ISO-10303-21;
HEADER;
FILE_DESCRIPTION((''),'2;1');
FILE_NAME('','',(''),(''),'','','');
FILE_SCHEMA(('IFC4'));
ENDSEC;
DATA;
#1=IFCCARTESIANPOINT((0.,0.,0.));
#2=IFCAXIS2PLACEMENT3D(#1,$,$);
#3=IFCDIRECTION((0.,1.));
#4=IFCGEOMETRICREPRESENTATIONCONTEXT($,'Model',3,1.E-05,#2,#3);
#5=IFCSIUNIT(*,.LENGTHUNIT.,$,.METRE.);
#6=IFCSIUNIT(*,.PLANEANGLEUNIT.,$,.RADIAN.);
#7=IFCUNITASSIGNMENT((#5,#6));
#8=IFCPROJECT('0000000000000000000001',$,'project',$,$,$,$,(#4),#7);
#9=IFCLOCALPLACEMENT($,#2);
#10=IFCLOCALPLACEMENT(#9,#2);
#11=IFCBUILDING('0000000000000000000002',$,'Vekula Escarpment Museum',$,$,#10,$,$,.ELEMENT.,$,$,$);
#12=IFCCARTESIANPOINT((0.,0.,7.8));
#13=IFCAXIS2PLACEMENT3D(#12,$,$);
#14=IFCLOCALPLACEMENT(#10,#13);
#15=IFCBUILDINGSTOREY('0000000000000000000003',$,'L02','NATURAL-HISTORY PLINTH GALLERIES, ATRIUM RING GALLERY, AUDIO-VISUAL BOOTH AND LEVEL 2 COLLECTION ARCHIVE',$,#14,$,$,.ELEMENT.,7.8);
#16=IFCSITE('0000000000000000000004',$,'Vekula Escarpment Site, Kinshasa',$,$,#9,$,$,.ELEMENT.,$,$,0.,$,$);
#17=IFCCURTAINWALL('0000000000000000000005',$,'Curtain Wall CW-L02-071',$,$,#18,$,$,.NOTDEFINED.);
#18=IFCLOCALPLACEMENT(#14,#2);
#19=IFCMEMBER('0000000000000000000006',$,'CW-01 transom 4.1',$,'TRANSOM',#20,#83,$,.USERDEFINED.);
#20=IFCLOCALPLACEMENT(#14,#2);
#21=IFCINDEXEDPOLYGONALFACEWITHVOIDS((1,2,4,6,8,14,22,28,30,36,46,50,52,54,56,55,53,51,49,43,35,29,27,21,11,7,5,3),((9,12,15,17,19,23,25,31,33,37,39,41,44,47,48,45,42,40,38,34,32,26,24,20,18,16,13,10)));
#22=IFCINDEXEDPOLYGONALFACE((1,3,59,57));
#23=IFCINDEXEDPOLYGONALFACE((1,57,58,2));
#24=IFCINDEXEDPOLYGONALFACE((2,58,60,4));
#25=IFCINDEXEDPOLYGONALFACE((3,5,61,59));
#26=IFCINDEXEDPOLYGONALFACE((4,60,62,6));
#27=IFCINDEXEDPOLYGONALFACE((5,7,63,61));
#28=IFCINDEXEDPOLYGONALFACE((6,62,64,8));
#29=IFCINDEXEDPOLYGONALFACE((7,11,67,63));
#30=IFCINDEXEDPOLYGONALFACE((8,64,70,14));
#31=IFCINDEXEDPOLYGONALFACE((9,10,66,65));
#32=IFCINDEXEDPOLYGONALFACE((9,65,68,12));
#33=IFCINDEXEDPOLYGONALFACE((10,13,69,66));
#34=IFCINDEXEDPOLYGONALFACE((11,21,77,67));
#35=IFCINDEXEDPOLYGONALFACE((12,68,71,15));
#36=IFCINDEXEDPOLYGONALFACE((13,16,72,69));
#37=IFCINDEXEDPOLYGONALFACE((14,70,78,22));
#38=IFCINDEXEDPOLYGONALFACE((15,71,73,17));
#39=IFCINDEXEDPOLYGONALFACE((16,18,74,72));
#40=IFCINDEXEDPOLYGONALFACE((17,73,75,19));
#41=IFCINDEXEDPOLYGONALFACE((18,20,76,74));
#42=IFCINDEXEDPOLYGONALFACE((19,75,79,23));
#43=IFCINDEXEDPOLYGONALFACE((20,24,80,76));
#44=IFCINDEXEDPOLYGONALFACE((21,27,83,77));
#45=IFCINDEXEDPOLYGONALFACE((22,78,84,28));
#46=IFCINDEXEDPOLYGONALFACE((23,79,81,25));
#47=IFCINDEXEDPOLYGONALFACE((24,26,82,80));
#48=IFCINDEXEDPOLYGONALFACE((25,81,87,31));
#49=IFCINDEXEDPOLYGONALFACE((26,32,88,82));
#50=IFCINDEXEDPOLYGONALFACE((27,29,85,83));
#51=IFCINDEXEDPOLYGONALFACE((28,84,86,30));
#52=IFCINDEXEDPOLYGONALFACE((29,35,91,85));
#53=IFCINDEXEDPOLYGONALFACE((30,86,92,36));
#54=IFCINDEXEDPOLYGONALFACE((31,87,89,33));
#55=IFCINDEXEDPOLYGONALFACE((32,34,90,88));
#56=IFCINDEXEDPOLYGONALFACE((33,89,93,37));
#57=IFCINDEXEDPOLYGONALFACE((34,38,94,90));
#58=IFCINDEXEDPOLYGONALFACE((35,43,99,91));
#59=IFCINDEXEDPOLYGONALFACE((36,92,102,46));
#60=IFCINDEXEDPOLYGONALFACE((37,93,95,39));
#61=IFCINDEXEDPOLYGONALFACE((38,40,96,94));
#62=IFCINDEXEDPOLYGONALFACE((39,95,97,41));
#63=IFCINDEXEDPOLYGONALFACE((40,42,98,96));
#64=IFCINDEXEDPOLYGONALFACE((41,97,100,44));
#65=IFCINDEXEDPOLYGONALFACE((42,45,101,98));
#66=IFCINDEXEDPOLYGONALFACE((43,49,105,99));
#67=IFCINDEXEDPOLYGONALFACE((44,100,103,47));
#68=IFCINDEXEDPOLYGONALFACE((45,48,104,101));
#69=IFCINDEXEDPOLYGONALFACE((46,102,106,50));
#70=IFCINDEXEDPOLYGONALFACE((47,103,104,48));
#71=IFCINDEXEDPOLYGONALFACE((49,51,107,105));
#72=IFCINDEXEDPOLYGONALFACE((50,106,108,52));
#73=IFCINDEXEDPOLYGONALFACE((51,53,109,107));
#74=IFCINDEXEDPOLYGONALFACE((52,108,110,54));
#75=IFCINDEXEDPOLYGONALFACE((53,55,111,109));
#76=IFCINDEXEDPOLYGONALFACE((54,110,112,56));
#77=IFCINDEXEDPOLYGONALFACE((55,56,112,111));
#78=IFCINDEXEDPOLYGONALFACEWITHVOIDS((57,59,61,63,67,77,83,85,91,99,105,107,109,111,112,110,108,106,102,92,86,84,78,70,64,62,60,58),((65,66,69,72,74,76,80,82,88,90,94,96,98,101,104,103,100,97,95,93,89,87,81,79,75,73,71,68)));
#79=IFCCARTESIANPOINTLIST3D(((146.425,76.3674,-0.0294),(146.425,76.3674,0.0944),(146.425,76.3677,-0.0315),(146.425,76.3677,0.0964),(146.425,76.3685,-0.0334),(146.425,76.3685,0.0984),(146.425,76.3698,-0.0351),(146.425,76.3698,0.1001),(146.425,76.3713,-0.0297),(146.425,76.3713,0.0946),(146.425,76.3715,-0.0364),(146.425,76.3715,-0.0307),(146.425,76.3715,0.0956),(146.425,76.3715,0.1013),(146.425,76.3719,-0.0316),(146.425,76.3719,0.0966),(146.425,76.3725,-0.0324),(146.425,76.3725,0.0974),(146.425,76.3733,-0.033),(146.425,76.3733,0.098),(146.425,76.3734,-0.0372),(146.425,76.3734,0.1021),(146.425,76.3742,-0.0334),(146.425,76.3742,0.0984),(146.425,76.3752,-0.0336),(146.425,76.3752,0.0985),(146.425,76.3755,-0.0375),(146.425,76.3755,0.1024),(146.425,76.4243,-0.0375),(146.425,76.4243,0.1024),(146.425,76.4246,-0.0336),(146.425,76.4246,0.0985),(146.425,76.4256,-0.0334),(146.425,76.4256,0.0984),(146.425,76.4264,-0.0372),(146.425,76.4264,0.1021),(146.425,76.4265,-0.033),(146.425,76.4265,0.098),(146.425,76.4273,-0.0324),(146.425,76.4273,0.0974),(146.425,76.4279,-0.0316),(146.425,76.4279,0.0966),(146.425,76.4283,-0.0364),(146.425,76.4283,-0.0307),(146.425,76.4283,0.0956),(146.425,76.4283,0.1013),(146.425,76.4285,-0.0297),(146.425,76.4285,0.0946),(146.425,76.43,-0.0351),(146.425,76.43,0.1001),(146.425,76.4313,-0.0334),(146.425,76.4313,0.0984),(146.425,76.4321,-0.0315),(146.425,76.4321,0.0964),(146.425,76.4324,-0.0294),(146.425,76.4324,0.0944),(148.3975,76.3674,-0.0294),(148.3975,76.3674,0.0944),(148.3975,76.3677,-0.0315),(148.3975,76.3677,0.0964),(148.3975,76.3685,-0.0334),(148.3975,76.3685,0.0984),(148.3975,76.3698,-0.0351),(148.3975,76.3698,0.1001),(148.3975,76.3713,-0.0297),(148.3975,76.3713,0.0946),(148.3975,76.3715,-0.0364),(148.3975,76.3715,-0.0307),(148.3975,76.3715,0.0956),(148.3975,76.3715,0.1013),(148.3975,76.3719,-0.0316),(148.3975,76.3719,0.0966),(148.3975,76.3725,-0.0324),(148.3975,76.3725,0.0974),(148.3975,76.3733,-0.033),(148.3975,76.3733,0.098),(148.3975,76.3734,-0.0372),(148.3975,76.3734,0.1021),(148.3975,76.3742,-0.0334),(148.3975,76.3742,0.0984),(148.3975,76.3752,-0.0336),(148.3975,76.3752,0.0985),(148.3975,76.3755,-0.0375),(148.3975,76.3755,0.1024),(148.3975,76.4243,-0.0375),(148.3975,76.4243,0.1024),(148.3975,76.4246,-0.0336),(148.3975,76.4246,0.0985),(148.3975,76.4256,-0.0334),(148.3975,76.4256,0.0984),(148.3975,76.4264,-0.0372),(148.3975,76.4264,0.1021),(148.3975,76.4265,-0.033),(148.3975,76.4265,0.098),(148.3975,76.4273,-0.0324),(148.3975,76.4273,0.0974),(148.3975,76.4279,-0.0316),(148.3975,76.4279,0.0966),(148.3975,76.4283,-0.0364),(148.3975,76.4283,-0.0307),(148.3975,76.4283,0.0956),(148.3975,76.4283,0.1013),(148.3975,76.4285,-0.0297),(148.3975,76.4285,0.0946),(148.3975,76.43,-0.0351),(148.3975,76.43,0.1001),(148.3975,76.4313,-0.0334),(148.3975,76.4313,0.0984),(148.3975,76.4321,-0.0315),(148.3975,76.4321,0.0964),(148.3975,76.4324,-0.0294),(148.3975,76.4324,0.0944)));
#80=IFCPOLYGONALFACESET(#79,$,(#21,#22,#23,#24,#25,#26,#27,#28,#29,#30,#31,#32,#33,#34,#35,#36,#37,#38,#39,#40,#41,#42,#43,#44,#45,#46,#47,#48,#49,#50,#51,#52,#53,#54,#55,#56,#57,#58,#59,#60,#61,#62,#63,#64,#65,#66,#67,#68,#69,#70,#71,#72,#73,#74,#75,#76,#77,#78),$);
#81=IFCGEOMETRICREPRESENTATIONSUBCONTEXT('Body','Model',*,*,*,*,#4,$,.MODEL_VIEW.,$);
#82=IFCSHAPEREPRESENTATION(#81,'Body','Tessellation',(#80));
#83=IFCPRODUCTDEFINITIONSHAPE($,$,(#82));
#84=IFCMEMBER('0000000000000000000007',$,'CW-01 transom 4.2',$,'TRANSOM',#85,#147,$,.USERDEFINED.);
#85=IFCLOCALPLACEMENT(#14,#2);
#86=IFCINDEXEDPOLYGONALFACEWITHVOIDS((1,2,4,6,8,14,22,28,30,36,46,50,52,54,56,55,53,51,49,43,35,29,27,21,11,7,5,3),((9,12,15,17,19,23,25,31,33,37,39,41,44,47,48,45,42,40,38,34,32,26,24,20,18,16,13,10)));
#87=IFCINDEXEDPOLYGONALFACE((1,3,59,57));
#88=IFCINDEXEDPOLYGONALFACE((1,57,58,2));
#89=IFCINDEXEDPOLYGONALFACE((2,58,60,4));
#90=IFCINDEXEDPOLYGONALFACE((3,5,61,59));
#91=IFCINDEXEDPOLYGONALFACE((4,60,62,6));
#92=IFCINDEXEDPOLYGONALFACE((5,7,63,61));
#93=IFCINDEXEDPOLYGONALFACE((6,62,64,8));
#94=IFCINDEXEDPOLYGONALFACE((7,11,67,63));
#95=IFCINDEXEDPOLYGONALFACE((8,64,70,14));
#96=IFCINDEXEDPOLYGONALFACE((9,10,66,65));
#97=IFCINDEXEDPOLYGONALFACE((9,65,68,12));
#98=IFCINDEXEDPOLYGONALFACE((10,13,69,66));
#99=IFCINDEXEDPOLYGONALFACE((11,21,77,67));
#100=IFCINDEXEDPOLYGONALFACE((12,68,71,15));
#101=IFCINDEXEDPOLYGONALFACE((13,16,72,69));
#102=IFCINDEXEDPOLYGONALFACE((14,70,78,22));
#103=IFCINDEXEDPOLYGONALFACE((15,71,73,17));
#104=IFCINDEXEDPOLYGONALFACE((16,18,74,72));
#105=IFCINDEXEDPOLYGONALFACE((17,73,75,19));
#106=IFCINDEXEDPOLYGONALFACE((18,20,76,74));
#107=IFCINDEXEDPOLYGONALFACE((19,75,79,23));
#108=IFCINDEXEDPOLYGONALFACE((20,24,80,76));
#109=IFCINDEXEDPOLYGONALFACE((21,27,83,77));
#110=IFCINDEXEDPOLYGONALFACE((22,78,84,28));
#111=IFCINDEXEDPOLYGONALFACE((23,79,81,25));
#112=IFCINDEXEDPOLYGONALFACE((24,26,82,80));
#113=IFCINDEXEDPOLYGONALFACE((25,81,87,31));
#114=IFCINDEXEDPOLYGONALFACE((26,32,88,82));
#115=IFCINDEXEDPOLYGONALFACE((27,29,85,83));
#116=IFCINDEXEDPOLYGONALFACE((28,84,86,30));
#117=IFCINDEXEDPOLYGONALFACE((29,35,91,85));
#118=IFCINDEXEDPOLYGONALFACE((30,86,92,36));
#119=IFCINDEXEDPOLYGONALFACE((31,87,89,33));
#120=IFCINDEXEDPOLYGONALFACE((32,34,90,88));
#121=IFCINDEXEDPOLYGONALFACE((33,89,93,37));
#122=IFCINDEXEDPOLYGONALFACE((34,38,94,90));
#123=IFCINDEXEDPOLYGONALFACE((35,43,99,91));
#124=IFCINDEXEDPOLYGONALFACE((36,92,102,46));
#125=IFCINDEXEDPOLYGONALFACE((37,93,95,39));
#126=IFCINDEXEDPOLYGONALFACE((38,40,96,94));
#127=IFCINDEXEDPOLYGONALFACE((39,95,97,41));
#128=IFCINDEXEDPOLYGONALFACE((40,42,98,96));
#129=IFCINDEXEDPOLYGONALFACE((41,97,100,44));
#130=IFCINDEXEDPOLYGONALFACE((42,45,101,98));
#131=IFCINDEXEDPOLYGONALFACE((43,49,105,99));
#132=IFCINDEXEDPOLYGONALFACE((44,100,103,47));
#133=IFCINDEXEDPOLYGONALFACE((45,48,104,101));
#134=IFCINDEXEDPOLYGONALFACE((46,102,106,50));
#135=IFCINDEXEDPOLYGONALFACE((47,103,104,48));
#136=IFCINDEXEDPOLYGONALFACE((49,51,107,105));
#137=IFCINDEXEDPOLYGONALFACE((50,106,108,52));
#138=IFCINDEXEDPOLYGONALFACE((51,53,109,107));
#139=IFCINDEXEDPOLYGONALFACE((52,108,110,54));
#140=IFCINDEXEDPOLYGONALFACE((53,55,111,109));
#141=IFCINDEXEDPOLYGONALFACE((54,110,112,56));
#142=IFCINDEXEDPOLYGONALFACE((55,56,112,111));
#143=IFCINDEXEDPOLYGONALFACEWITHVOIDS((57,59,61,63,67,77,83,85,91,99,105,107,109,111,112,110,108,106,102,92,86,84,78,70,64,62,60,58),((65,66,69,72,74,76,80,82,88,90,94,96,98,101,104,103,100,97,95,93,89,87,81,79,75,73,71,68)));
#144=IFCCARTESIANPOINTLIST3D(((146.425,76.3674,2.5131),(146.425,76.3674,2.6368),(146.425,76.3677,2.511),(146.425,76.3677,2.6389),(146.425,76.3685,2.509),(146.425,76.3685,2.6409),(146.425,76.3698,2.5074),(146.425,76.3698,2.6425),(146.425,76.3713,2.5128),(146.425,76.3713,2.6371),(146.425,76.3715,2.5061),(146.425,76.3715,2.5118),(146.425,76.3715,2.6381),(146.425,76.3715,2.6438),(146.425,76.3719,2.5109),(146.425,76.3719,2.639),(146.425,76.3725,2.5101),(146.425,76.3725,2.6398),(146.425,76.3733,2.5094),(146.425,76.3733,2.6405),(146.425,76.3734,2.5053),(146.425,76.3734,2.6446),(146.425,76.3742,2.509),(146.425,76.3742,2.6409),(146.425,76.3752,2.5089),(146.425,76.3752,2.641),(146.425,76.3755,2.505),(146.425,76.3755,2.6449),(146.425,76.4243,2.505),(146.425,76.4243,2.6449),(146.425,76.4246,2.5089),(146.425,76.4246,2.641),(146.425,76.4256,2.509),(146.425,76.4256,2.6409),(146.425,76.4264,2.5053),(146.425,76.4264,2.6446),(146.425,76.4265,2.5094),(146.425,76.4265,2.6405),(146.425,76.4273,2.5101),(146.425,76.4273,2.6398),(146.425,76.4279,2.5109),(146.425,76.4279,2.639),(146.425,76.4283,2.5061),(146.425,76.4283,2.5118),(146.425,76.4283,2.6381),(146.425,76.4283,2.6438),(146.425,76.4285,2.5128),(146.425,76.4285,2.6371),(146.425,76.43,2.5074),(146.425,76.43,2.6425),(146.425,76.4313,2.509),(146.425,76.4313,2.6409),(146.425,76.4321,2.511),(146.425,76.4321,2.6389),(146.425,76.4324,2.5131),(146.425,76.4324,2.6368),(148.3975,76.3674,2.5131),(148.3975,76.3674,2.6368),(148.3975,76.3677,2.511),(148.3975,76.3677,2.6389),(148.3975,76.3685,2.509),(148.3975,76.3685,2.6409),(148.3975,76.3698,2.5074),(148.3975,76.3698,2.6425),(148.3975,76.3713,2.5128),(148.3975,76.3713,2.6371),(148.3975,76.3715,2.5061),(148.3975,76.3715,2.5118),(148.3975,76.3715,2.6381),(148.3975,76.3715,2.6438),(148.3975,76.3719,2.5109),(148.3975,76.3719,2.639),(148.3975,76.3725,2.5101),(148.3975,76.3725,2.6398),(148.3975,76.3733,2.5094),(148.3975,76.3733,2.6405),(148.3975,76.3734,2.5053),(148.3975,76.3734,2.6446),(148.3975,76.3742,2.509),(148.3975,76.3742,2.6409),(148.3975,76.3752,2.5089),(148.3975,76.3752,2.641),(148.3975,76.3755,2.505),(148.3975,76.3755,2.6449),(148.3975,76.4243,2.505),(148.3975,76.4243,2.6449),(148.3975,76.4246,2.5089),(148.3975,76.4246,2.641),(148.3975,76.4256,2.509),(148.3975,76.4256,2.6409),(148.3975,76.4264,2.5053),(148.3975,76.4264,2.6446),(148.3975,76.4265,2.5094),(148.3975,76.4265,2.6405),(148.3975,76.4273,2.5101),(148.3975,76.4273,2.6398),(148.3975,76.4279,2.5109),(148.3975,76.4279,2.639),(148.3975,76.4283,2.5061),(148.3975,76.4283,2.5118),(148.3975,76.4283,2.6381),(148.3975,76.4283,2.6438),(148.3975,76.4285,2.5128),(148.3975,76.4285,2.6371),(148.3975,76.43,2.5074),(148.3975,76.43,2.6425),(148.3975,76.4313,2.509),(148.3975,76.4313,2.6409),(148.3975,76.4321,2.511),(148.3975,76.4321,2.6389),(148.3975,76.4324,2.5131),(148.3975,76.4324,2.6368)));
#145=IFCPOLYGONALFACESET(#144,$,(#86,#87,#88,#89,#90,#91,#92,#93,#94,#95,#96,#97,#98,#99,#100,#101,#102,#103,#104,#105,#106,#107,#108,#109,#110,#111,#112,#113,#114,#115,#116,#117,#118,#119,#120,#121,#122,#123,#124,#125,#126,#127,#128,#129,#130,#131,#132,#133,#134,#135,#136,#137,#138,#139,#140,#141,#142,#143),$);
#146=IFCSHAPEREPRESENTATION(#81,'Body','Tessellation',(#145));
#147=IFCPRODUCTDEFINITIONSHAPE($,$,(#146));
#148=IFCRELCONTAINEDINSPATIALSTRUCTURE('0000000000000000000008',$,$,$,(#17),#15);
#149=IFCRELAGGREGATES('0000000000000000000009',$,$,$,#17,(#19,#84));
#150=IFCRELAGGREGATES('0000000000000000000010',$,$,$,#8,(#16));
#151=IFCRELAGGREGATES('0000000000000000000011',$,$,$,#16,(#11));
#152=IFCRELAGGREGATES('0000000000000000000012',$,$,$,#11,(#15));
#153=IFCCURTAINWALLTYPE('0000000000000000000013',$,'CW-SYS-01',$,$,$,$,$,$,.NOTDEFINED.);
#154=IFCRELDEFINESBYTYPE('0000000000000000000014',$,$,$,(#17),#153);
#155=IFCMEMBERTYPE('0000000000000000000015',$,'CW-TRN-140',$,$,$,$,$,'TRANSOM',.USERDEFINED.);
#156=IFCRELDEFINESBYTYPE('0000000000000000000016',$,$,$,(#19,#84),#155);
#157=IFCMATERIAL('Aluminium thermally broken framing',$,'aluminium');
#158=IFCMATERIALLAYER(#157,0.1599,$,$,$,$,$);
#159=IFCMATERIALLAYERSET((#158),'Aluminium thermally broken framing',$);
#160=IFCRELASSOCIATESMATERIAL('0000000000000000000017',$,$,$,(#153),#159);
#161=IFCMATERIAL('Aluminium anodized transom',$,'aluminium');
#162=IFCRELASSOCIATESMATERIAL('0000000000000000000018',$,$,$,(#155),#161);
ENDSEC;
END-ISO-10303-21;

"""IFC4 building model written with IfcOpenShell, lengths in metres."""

from ifc_helpers import new_model, si_unit, direction, frame, origin, origin_2d, place, context, subcontext, project, spatial, hollow_rectangle, extrude, material, layer, layer_set, material_profile, profile_set, type_object, element, aggregate, save


model = new_model("IFC4")

# Units and contexts
model_context = context("Model", 3, precision=1e-05, world=origin(), true_north=direction((0.0, 1.0)))
body_context = subcontext(model_context, "Body", "Model", "MODEL_VIEW")
ifc_project = project(units=[si_unit("LENGTHUNIT", "METRE"), si_unit("PLANEANGLEUNIT", "RADIAN")], contexts=[model_context])

# Site, building, storey
site_placement = place(None, origin())
site = spatial("IfcSite", under=ifc_project, at=site_placement, Name="Vekula Escarpment Site, Kinshasa", CompositionType="ELEMENT", RefElevation=0.0)
building_placement = place(site_placement, origin())
building = spatial("IfcBuilding", under=site, at=building_placement, Name="Vekula Escarpment Museum", CompositionType="ELEMENT")
storey_placement = place(building_placement, frame((0.0, 0.0, 7.8)))
storey = spatial("IfcBuildingStorey", under=building, at=storey_placement, Name="L02", Description="NATURAL-HISTORY PLINTH GALLERIES, ATRIUM RING GALLERY, AUDIO-VISUAL BOOTH AND LEVEL 2 COLLECTION ARCHIVE", CompositionType="ELEMENT", Elevation=7.8)

# Curtain wall
ifc_material_1 = material(Name="Aluminium thermally broken framing", Category="aluminium")
ifc_layer_1 = layer(ifc_material_1, 0.1599)
ifc_layer_set_1 = layer_set([ifc_layer_1], Name="Aluminium thermally broken framing")
curtain_wall_type_1 = type_object("IfcCurtainWallType", Name="CW-SYS-01", PredefinedType="NOTDEFINED", material=ifc_layer_set_1)
curtain_wall_1_placement = place(storey_placement, origin())
curtain_wall_1 = element("IfcCurtainWall", 1, at=curtain_wall_1_placement, inside=storey, type_object=curtain_wall_type_1, Name="Curtain Wall CW-L02-071", PredefinedType="NOTDEFINED")

# Members
ifc_material_2 = material(Name="Aluminium anodized transom", Category="aluminium")
ifc_material_profile_1 = material_profile(ifc_material_2, hollow_rectangle(XDim=0.0649, YDim=0.1399, WallThickness=0.0039, InnerFilletRadius=0.0039, OuterFilletRadius=0.0081, at=origin_2d()), Name="ALU 140x65x4")
ifc_profile_set_1 = profile_set([ifc_material_profile_1], Name="Aluminium anodized transom")
member_type_1 = type_object("IfcMemberType", Name="CW-TRN-140", ElementType="TRANSOM", PredefinedType="USERDEFINED", material=ifc_profile_set_1)
member_1_placement = place(storey_placement, frame((148.3975, 76.3999, 0.0325), z_axis=(-1.0, 0.0, 0.0), x_axis=(0.0, -1.0, 0.0)))
member_1 = element("IfcMember", 2, at=member_1_placement, type_object=member_type_1, Name="CW-01 transom 4.1", ObjectType="TRANSOM", PredefinedType="USERDEFINED", context=body_context, shape_type="SweptSolid", body=[
    extrude(hollow_rectangle(XDim=0.0649, YDim=0.1399, WallThickness=0.0039, InnerFilletRadius=0.0039, OuterFilletRadius=0.0081, at=origin_2d()), origin(), (0.0, 0.0, 1.0), 1.9724),
])
member_2_placement = place(storey_placement, frame((148.3975, 76.3999, 2.575), z_axis=(-1.0, 0.0, 0.0), x_axis=(0.0, -1.0, 0.0)))
member_2 = element("IfcMember", 3, at=member_2_placement, type_object=member_type_1, Name="CW-01 transom 4.2", ObjectType="TRANSOM", PredefinedType="USERDEFINED", context=body_context, shape_type="SweptSolid", body=[
    extrude(hollow_rectangle(XDim=0.0649, YDim=0.1399, WallThickness=0.0039, InnerFilletRadius=0.0039, OuterFilletRadius=0.0081, at=origin_2d()), origin(), (0.0, 0.0, 1.0), 1.9724),
])

aggregate(curtain_wall_1, [member_1, member_2])

save(model, "model.ifc")
